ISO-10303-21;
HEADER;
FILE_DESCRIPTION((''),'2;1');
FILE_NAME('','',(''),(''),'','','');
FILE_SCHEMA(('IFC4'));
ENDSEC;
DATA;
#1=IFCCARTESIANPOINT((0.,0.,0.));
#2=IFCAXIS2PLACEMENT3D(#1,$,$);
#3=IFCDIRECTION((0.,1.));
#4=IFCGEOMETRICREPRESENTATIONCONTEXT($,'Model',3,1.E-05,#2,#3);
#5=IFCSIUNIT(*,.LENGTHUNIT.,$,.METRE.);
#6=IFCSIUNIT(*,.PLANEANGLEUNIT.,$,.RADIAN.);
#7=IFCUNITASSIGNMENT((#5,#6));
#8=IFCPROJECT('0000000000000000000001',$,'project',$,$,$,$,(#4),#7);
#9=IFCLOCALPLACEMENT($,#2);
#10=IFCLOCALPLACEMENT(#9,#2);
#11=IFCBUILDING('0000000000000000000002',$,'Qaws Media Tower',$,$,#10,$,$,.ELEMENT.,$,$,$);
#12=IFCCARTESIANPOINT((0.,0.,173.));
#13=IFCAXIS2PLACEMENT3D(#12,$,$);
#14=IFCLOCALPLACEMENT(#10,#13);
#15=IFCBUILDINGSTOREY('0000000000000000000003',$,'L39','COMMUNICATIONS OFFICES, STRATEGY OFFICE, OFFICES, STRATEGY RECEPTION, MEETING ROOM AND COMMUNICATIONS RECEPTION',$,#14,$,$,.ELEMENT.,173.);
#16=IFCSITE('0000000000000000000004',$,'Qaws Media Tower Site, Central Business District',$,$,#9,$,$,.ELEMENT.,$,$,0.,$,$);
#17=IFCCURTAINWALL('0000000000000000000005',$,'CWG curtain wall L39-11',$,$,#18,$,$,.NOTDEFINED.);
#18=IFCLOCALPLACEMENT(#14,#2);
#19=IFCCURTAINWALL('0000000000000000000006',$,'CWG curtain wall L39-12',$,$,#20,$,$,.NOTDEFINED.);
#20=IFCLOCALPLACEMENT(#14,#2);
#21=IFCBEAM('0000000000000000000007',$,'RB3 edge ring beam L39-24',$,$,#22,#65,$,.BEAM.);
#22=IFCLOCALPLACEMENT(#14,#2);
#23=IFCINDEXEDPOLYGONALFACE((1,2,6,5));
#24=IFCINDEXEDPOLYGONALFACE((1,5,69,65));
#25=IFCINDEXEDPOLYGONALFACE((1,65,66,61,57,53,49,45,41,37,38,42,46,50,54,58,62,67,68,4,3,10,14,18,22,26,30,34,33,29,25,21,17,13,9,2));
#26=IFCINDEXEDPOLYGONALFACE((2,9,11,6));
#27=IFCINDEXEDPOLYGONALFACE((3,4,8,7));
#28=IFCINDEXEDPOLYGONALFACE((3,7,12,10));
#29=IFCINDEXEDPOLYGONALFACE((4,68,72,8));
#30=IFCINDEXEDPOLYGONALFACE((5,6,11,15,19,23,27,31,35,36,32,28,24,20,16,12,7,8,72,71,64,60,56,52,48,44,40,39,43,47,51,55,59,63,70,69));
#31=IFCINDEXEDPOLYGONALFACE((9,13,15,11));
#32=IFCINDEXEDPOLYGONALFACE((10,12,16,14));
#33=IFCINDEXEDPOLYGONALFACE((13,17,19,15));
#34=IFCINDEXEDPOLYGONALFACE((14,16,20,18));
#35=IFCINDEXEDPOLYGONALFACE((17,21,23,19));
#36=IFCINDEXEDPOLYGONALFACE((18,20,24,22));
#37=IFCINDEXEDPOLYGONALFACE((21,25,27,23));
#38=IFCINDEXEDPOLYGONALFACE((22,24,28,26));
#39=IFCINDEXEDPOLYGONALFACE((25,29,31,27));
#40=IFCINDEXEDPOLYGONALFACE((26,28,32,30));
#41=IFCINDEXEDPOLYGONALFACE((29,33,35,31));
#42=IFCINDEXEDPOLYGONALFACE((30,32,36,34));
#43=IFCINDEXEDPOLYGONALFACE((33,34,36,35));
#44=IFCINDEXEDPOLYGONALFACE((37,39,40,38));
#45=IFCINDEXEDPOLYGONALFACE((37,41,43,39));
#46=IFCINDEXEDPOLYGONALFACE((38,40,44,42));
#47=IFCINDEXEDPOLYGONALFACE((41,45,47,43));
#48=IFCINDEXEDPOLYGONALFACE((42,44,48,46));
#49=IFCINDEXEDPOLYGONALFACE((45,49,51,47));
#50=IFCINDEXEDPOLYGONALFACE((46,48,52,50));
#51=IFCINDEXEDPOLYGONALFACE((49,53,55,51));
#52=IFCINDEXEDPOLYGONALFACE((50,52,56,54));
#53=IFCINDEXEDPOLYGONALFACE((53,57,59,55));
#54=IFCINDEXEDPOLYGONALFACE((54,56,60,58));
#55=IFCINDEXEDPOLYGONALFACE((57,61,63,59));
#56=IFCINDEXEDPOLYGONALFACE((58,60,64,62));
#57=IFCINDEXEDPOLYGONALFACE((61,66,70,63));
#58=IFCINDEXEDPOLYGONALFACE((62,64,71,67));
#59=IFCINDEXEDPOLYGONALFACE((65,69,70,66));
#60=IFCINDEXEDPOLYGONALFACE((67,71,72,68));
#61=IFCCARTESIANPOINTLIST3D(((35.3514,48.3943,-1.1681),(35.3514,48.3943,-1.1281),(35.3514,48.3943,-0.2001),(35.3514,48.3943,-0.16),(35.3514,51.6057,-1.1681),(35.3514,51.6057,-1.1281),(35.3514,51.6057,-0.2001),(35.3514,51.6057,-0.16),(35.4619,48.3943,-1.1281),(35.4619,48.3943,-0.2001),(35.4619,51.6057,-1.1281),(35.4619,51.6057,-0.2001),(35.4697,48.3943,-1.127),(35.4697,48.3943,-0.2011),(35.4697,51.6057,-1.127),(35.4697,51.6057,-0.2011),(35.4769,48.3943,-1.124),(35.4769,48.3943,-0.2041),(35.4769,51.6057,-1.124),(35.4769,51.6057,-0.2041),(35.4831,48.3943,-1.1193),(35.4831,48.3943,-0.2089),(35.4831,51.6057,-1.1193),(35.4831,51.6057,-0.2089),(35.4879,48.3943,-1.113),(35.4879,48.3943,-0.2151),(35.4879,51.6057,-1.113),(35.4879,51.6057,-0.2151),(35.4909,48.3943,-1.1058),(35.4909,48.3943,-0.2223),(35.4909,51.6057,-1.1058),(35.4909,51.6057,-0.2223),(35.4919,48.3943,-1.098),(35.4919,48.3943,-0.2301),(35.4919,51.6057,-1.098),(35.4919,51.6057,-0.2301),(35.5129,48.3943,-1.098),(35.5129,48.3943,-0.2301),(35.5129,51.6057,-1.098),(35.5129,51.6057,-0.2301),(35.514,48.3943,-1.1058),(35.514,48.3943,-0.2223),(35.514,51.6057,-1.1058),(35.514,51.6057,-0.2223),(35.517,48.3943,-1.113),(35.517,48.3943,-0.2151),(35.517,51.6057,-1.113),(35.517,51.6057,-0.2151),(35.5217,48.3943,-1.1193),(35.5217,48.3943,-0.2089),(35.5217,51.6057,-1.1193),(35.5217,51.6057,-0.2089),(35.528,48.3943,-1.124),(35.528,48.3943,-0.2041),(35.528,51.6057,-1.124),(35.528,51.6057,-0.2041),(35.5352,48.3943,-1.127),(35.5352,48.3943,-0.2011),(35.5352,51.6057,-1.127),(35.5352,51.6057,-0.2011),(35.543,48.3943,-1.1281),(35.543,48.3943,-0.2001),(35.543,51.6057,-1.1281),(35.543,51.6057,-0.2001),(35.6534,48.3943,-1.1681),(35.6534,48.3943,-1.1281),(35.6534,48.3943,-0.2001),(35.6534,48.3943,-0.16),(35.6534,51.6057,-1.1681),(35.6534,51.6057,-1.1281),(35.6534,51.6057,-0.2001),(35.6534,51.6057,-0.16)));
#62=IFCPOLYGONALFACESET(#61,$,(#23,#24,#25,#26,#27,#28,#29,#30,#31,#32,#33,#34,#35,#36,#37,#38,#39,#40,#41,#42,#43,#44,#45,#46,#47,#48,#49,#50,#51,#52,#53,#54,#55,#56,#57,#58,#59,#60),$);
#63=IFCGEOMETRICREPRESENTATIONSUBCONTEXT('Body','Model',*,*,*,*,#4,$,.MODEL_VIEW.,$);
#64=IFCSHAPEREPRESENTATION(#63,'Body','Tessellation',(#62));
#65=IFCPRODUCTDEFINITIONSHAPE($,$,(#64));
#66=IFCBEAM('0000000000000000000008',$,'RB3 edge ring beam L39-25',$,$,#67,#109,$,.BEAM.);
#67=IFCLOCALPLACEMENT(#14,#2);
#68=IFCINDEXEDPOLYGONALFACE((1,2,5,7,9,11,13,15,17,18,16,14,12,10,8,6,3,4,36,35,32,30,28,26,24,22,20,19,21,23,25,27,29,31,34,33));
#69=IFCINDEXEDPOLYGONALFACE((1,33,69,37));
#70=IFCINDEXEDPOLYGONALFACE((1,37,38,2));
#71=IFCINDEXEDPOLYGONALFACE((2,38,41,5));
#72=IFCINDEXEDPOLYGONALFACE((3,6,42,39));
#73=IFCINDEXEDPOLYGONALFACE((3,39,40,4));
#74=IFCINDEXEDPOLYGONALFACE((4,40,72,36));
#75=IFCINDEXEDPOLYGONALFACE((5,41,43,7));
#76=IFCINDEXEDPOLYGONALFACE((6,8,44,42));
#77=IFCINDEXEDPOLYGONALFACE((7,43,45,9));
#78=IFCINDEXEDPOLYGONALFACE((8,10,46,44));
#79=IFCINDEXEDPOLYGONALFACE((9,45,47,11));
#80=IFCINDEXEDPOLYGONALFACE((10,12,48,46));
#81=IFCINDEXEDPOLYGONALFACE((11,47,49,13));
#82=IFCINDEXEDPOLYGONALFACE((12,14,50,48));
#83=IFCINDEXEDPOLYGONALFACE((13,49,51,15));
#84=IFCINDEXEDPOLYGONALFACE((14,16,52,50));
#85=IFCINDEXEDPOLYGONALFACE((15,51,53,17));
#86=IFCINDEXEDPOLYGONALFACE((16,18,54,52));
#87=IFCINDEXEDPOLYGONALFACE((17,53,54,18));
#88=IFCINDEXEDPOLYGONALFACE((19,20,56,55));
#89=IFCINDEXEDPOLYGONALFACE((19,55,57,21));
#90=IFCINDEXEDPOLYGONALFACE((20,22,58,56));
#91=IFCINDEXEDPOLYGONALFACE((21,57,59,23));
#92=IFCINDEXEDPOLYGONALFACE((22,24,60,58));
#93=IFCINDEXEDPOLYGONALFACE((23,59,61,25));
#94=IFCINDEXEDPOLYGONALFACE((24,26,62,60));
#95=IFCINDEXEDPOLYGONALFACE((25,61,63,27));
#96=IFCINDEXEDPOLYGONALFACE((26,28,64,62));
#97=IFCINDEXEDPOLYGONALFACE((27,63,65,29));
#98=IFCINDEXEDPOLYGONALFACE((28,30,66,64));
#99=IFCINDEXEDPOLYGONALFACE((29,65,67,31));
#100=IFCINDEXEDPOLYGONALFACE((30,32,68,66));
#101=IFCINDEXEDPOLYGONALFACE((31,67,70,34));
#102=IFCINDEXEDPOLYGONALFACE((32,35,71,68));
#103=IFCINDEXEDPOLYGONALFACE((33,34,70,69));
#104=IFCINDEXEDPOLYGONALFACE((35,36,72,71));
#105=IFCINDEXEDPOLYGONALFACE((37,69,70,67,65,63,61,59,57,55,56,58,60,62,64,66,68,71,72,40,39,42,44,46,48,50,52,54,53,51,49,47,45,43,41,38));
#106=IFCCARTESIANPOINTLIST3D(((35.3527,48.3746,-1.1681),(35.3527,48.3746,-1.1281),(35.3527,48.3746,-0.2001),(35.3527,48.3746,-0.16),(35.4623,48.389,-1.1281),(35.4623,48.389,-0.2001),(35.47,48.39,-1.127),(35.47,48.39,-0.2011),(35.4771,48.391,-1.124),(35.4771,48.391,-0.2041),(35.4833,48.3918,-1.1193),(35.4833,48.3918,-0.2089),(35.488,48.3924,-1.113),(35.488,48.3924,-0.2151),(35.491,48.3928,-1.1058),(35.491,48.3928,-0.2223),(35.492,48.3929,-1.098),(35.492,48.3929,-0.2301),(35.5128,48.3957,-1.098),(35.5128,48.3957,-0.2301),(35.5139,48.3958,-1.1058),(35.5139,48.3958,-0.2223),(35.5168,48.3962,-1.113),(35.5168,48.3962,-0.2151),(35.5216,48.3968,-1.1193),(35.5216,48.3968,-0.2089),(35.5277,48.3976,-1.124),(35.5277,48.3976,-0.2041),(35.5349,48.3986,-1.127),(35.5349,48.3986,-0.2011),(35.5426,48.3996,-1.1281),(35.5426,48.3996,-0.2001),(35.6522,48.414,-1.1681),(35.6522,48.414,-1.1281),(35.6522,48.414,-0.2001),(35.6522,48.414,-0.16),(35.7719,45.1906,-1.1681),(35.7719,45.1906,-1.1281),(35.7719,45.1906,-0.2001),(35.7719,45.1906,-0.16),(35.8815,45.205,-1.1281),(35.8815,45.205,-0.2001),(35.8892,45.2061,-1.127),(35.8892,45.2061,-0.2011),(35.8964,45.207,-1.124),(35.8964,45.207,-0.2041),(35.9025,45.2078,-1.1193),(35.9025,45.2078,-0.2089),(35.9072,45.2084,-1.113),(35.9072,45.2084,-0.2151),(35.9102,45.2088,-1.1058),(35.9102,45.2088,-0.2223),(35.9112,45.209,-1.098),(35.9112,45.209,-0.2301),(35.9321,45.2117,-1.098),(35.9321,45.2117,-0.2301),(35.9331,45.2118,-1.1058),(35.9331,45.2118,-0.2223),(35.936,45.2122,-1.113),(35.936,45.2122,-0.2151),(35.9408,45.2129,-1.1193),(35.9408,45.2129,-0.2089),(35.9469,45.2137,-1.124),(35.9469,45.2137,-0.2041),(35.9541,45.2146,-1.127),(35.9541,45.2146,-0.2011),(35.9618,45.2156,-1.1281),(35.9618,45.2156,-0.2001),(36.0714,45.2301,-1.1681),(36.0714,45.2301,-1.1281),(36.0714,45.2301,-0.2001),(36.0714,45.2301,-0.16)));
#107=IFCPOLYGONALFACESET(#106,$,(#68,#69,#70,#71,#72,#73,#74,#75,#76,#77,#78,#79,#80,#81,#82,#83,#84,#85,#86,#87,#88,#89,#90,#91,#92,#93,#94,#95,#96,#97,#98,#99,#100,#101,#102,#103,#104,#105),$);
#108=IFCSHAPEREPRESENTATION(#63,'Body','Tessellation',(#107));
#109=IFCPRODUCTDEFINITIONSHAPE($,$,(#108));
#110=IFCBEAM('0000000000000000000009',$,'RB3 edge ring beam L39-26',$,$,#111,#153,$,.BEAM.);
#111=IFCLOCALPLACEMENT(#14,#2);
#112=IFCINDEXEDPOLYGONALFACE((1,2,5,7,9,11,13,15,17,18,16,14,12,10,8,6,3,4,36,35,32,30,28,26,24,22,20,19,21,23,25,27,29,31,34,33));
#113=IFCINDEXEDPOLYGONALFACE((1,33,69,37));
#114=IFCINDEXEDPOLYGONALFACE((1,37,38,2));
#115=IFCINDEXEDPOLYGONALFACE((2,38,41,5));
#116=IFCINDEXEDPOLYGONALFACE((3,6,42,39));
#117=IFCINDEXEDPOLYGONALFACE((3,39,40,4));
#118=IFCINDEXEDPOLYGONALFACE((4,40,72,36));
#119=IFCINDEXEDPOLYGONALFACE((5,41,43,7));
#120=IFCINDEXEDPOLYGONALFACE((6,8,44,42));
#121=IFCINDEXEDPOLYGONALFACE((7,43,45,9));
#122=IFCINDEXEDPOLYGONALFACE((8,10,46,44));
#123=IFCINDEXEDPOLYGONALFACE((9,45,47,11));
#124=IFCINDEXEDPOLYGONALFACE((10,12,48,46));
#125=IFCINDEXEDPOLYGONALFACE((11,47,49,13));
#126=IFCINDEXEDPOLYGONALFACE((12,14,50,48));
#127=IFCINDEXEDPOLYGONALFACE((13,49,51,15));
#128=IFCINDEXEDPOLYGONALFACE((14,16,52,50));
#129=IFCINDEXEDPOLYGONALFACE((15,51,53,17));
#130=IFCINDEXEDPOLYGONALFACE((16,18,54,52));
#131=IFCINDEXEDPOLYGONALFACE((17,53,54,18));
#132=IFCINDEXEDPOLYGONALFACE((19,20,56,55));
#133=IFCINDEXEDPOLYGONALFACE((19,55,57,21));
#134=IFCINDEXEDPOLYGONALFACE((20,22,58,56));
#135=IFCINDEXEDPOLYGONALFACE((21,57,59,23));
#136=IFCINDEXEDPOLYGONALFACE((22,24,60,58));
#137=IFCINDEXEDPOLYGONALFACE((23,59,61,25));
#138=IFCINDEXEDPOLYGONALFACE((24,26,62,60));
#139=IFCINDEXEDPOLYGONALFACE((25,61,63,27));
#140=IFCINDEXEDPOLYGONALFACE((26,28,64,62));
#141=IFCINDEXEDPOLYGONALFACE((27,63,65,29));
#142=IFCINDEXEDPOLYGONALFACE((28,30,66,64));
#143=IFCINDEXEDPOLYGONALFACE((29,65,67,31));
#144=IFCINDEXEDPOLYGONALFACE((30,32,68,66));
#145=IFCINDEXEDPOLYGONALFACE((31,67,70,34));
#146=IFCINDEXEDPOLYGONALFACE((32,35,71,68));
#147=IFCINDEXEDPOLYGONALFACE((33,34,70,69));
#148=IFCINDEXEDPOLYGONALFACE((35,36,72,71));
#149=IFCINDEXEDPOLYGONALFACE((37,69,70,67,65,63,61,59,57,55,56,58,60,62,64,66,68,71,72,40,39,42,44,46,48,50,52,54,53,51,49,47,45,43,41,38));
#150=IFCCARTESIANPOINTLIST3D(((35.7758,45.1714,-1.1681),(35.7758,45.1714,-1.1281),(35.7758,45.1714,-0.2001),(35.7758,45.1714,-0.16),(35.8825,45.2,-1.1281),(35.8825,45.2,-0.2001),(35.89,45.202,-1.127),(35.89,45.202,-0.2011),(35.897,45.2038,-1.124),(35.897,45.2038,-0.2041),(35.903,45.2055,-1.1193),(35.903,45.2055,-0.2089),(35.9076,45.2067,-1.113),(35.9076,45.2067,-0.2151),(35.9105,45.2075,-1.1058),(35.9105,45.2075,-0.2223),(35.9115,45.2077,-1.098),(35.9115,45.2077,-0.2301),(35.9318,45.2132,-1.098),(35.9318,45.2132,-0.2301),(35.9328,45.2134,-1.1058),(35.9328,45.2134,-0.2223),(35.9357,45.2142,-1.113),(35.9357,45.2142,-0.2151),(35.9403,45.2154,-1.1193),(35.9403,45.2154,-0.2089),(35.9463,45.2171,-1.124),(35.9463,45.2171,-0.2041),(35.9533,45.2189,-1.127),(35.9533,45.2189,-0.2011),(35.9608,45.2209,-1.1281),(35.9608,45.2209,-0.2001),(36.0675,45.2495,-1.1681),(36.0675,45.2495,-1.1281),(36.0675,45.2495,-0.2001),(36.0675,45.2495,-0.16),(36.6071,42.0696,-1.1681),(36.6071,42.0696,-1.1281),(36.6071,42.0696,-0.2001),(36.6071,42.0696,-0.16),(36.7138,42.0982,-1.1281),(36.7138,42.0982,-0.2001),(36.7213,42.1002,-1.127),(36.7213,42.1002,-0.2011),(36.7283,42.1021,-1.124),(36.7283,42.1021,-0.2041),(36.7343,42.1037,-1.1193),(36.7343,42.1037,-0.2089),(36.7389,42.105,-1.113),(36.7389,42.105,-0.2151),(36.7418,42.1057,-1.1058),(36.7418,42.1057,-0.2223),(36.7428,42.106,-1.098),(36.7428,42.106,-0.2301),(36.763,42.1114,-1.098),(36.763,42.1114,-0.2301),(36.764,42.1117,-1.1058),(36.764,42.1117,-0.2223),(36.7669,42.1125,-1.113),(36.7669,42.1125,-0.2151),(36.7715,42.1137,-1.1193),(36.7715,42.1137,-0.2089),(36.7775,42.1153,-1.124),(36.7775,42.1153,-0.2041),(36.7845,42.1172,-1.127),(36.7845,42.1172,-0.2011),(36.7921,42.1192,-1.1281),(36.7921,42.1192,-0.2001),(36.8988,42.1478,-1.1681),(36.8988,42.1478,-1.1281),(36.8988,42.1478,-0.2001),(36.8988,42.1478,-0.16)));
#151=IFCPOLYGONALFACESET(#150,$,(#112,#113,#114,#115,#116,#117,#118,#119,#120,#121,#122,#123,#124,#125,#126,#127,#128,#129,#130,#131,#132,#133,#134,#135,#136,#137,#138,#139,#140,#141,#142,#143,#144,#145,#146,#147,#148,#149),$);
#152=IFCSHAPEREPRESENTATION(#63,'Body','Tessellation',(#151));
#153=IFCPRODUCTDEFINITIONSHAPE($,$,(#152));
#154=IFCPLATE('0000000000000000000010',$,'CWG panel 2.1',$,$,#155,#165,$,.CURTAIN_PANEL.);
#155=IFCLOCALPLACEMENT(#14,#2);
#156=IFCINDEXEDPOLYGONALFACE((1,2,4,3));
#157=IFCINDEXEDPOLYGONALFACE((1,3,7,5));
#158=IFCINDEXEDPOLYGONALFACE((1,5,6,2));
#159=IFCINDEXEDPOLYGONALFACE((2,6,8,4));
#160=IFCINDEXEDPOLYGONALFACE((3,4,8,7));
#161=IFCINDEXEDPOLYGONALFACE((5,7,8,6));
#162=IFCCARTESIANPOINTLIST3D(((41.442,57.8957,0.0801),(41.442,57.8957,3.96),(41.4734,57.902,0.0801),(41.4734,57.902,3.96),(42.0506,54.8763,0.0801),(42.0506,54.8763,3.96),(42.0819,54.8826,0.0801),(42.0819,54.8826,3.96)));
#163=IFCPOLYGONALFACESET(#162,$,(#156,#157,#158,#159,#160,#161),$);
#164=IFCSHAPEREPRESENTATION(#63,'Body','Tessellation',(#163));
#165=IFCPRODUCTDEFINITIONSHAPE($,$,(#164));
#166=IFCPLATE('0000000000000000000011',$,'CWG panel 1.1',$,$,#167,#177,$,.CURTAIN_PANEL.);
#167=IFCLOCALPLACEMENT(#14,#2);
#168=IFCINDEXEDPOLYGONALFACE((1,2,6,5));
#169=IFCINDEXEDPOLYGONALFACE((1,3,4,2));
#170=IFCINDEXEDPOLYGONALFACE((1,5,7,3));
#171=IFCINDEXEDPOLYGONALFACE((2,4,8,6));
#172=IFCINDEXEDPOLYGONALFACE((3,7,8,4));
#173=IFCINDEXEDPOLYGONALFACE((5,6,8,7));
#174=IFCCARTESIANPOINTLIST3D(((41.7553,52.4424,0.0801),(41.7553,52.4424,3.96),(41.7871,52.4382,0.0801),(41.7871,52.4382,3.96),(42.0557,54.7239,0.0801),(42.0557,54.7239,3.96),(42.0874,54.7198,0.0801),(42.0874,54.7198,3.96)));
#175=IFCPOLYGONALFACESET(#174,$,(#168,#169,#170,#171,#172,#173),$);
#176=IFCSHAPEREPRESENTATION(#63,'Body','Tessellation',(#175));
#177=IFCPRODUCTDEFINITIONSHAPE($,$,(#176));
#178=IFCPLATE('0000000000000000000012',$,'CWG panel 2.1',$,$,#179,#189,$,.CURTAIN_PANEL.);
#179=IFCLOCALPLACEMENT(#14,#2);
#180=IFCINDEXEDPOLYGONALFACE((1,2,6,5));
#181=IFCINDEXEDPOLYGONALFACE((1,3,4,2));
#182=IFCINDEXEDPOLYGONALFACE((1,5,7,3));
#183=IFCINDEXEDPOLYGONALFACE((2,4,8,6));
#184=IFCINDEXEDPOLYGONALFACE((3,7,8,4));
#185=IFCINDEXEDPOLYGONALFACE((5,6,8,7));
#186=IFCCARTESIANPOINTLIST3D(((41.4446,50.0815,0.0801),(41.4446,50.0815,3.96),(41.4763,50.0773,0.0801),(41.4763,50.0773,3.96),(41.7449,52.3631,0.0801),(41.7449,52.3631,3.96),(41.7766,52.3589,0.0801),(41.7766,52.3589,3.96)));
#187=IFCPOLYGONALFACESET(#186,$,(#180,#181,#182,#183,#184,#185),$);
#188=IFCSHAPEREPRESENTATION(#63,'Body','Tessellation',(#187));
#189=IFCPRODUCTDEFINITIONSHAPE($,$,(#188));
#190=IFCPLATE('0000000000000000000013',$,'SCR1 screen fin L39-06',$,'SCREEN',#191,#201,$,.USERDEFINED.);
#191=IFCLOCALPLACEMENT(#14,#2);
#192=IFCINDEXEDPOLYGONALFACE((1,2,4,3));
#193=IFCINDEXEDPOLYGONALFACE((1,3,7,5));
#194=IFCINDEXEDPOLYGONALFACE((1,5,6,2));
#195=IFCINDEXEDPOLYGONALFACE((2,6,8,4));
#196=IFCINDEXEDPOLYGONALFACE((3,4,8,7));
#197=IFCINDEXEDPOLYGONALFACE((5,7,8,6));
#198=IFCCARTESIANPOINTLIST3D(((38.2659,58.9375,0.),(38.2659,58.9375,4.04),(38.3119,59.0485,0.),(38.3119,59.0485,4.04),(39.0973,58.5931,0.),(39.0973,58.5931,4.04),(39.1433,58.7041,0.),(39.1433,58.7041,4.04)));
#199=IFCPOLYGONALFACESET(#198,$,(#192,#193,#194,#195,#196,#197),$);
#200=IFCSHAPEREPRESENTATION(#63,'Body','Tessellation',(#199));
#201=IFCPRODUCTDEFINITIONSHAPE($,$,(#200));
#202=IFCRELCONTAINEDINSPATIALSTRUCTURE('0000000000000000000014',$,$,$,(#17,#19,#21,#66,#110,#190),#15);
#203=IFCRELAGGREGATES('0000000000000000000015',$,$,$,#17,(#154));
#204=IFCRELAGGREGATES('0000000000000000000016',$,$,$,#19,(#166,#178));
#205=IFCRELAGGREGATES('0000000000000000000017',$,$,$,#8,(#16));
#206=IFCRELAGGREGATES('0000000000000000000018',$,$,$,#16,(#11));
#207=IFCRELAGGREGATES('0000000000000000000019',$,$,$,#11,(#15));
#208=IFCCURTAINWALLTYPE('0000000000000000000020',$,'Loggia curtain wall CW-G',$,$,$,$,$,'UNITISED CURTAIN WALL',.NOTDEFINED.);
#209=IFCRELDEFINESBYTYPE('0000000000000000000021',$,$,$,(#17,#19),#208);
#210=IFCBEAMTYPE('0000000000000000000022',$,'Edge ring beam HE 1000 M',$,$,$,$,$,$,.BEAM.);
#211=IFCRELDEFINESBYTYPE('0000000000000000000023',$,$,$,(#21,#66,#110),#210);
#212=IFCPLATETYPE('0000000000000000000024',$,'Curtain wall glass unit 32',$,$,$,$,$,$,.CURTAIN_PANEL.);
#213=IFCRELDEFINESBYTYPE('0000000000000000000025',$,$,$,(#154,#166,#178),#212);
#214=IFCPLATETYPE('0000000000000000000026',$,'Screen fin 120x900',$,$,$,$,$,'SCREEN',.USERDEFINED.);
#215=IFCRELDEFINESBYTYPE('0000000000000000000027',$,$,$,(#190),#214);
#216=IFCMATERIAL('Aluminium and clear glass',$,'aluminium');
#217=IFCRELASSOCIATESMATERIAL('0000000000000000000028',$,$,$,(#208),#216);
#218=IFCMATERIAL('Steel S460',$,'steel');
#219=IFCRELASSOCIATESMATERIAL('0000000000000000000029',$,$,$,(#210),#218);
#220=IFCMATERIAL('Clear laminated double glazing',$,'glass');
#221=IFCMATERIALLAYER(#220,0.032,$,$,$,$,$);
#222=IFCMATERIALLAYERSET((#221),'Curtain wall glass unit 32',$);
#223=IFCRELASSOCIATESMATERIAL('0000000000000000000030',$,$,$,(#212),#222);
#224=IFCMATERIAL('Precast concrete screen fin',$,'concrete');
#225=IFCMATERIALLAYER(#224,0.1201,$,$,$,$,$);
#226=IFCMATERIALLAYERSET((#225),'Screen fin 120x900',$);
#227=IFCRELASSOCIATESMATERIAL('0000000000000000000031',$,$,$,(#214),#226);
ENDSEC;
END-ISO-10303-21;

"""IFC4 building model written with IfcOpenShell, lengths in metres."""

from ifc_helpers import new_model, si_unit, direction, frame, origin, origin_2d, place, context, subcontext, project, spatial, rectangle, i_section, extrude, material, layer, layer_set, material_profile, profile_set, type_object, element, aggregate, save


model = new_model("IFC4")

# Units and contexts
model_context = context("Model", 3, precision=1e-05, world=origin(), true_north=direction((0.0, 1.0)))
body_context = subcontext(model_context, "Body", "Model", "MODEL_VIEW")
ifc_project = project(units=[si_unit("LENGTHUNIT", "METRE"), si_unit("PLANEANGLEUNIT", "RADIAN")], contexts=[model_context])

# Site, building, storey
site_placement = place(None, origin())
site = spatial("IfcSite", under=ifc_project, at=site_placement, Name="Qaws Media Tower Site, Central Business District", CompositionType="ELEMENT", RefElevation=0.0)
building_placement = place(site_placement, origin())
building = spatial("IfcBuilding", under=site, at=building_placement, Name="Qaws Media Tower", CompositionType="ELEMENT")
storey_placement = place(building_placement, frame((0.0, 0.0, 173.0)))
storey = spatial("IfcBuildingStorey", under=building, at=storey_placement, Name="L39", Description="COMMUNICATIONS OFFICES, STRATEGY OFFICE, OFFICES, STRATEGY RECEPTION, MEETING ROOM AND COMMUNICATIONS RECEPTION", CompositionType="ELEMENT", Elevation=173.0)

# Curtain wall
ifc_material_1 = material(Name="Aluminium and clear glass", Category="aluminium")
curtain_wall_type_1 = type_object("IfcCurtainWallType", Name="Loggia curtain wall CW-G", ElementType="UNITISED CURTAIN WALL", PredefinedType="NOTDEFINED", material=ifc_material_1)
curtain_wall_1_placement = place(storey_placement, origin())
curtain_wall_1 = element("IfcCurtainWall", 1, at=curtain_wall_1_placement, inside=storey, type_object=curtain_wall_type_1, Name="CWG curtain wall L39-11", PredefinedType="NOTDEFINED")

# Curtain wall
curtain_wall_2_placement = place(storey_placement, origin())
curtain_wall_2 = element("IfcCurtainWall", 2, at=curtain_wall_2_placement, inside=storey, type_object=curtain_wall_type_1, Name="CWG curtain wall L39-12", PredefinedType="NOTDEFINED")

# Beams
ifc_material_2 = material(Name="Steel S460", Category="steel")
ifc_material_profile_1 = material_profile(ifc_material_2, i_section(OverallWidth=0.302, OverallDepth=1.0081, WebThickness=0.021, FlangeThickness=0.04, FilletRadius=0.03, at=origin_2d()), Name="HE 1000 M")
ifc_profile_set_1 = profile_set([ifc_material_profile_1], Name="Steel S460")
beam_type = type_object("IfcBeamType", Name="Edge ring beam HE 1000 M", PredefinedType="BEAM", material=ifc_profile_set_1)
for number, where, z_axis, x_axis, name in (
    (3, (35.5024, 51.6057, -0.6641), (0.0, -1.0, 0.0), (1.0, 0.0, 0.0), "RB3 edge ring beam L39-24"),
    (4, (35.5024, 48.3943, -0.6641), (0.130535, -0.991444, 0.0), (0.991444, 0.130535, 0.0), "RB3 edge ring beam L39-25"),
):
    element("IfcBeam", number, at=place(storey_placement, frame(where, z_axis=z_axis, x_axis=x_axis)), inside=storey, type_object=beam_type, Name=name, PredefinedType="BEAM", context=body_context, shape_type="SweptSolid", body=[
        extrude(i_section(OverallWidth=0.302, OverallDepth=1.0081, WebThickness=0.021, FlangeThickness=0.04, FilletRadius=0.03, at=origin_2d()), origin(), (0.0, 0.0, 1.0), 3.2114),
    ])
beam_1_placement = place(storey_placement, frame((35.9216, 45.2104, -0.6641), z_axis=(0.258869, -0.965912, 0.0), x_axis=(0.965912, 0.258869, 0.0)))
element("IfcBeam", 5, at=beam_1_placement, inside=storey, type_object=beam_type, Name="RB3 edge ring beam L39-26", PredefinedType="BEAM", context=body_context, shape_type="SweptSolid", body=[
    extrude(i_section(OverallWidth=0.302, OverallDepth=1.0081, WebThickness=0.021, FlangeThickness=0.04, FilletRadius=0.03, at=origin_2d()), origin(), (0.0, 0.0, 1.0), 3.2112),
])

# Plates
ifc_material_3 = material(Name="Clear laminated double glazing", Category="glass")
ifc_layer_1 = layer(ifc_material_3, 0.032)
ifc_layer_set_1 = layer_set([ifc_layer_1], Name="Curtain wall glass unit 32")
plate_type_1 = type_object("IfcPlateType", Name="Curtain wall glass unit 32", PredefinedType="CURTAIN_PANEL", material=ifc_layer_set_1)
plate_1_placement = place(storey_placement, frame((41.762, 56.3892, 0.0801), z_axis=(0.0, 0.0, 1.0), x_axis=(0.197582, -0.980286, 0.0)))
plate_1 = element("IfcPlate", 6, at=plate_1_placement, type_object=plate_type_1, Name="CWG panel 2.1", PredefinedType="CURTAIN_PANEL", context=body_context, shape_type="SweptSolid", body=[
    extrude(rectangle(XDim=3.0801, YDim=0.032, at=origin_2d()), origin(), (0.0, 0.0, 1.0), 3.8799),
])
aggregate(curtain_wall_1, [plate_1])
plate_2_placement = place(storey_placement, frame((41.9214, 53.5811, 0.0801), z_axis=(0.0, 0.0, 1.0), x_axis=(-0.130526, -0.991445, 0.0)))
plate_2 = element("IfcPlate", 7, at=plate_2_placement, type_object=plate_type_1, Name="CWG panel 1.1", PredefinedType="CURTAIN_PANEL", context=body_context, shape_type="SweptSolid", body=[
    extrude(rectangle(XDim=2.3013, YDim=0.032, at=origin_2d()), origin(), (0.0, 0.0, 1.0), 3.8799),
])
plate_3_placement = place(storey_placement, frame((41.6106, 51.2202, 0.0801), z_axis=(0.0, 0.0, 1.0), x_axis=(-0.130526, -0.991445, 0.0)))
plate_3 = element("IfcPlate", 8, at=plate_3_placement, type_object=plate_type_1, Name="CWG panel 2.1", PredefinedType="CURTAIN_PANEL", context=body_context, shape_type="SweptSolid", body=[
    extrude(rectangle(XDim=2.3013, YDim=0.032, at=origin_2d()), origin(), (0.0, 0.0, 1.0), 3.8799),
])
aggregate(curtain_wall_2, [plate_2, plate_3])

# Plate
ifc_material_4 = material(Name="Precast concrete screen fin", Category="concrete")
ifc_layer_2 = layer(ifc_material_4, 0.1201)
ifc_layer_set_2 = layer_set([ifc_layer_2], Name="Screen fin 120x900")
plate_type_2 = type_object("IfcPlateType", Name="Screen fin 120x900", ElementType="SCREEN", PredefinedType="USERDEFINED", material=ifc_layer_set_2)
for number, where, z_axis, x_axis, name in (
    (9, (38.7046, 58.8208, 0.0), (0.0, 0.0, 1.0), (-0.92388, 0.382683, 0.0), "SCR1 screen fin L39-06"),
):
    element("IfcPlate", number, at=place(storey_placement, frame(where, z_axis=z_axis, x_axis=x_axis)), inside=storey, type_object=plate_type_2, Name=name, ObjectType="SCREEN", PredefinedType="USERDEFINED", context=body_context, shape_type="SweptSolid", body=[
        extrude(rectangle(XDim=0.8999, YDim=0.1201, at=origin_2d()), origin(), (0.0, 0.0, 1.0), 4.04),
    ])

save(model, "model.ifc")
